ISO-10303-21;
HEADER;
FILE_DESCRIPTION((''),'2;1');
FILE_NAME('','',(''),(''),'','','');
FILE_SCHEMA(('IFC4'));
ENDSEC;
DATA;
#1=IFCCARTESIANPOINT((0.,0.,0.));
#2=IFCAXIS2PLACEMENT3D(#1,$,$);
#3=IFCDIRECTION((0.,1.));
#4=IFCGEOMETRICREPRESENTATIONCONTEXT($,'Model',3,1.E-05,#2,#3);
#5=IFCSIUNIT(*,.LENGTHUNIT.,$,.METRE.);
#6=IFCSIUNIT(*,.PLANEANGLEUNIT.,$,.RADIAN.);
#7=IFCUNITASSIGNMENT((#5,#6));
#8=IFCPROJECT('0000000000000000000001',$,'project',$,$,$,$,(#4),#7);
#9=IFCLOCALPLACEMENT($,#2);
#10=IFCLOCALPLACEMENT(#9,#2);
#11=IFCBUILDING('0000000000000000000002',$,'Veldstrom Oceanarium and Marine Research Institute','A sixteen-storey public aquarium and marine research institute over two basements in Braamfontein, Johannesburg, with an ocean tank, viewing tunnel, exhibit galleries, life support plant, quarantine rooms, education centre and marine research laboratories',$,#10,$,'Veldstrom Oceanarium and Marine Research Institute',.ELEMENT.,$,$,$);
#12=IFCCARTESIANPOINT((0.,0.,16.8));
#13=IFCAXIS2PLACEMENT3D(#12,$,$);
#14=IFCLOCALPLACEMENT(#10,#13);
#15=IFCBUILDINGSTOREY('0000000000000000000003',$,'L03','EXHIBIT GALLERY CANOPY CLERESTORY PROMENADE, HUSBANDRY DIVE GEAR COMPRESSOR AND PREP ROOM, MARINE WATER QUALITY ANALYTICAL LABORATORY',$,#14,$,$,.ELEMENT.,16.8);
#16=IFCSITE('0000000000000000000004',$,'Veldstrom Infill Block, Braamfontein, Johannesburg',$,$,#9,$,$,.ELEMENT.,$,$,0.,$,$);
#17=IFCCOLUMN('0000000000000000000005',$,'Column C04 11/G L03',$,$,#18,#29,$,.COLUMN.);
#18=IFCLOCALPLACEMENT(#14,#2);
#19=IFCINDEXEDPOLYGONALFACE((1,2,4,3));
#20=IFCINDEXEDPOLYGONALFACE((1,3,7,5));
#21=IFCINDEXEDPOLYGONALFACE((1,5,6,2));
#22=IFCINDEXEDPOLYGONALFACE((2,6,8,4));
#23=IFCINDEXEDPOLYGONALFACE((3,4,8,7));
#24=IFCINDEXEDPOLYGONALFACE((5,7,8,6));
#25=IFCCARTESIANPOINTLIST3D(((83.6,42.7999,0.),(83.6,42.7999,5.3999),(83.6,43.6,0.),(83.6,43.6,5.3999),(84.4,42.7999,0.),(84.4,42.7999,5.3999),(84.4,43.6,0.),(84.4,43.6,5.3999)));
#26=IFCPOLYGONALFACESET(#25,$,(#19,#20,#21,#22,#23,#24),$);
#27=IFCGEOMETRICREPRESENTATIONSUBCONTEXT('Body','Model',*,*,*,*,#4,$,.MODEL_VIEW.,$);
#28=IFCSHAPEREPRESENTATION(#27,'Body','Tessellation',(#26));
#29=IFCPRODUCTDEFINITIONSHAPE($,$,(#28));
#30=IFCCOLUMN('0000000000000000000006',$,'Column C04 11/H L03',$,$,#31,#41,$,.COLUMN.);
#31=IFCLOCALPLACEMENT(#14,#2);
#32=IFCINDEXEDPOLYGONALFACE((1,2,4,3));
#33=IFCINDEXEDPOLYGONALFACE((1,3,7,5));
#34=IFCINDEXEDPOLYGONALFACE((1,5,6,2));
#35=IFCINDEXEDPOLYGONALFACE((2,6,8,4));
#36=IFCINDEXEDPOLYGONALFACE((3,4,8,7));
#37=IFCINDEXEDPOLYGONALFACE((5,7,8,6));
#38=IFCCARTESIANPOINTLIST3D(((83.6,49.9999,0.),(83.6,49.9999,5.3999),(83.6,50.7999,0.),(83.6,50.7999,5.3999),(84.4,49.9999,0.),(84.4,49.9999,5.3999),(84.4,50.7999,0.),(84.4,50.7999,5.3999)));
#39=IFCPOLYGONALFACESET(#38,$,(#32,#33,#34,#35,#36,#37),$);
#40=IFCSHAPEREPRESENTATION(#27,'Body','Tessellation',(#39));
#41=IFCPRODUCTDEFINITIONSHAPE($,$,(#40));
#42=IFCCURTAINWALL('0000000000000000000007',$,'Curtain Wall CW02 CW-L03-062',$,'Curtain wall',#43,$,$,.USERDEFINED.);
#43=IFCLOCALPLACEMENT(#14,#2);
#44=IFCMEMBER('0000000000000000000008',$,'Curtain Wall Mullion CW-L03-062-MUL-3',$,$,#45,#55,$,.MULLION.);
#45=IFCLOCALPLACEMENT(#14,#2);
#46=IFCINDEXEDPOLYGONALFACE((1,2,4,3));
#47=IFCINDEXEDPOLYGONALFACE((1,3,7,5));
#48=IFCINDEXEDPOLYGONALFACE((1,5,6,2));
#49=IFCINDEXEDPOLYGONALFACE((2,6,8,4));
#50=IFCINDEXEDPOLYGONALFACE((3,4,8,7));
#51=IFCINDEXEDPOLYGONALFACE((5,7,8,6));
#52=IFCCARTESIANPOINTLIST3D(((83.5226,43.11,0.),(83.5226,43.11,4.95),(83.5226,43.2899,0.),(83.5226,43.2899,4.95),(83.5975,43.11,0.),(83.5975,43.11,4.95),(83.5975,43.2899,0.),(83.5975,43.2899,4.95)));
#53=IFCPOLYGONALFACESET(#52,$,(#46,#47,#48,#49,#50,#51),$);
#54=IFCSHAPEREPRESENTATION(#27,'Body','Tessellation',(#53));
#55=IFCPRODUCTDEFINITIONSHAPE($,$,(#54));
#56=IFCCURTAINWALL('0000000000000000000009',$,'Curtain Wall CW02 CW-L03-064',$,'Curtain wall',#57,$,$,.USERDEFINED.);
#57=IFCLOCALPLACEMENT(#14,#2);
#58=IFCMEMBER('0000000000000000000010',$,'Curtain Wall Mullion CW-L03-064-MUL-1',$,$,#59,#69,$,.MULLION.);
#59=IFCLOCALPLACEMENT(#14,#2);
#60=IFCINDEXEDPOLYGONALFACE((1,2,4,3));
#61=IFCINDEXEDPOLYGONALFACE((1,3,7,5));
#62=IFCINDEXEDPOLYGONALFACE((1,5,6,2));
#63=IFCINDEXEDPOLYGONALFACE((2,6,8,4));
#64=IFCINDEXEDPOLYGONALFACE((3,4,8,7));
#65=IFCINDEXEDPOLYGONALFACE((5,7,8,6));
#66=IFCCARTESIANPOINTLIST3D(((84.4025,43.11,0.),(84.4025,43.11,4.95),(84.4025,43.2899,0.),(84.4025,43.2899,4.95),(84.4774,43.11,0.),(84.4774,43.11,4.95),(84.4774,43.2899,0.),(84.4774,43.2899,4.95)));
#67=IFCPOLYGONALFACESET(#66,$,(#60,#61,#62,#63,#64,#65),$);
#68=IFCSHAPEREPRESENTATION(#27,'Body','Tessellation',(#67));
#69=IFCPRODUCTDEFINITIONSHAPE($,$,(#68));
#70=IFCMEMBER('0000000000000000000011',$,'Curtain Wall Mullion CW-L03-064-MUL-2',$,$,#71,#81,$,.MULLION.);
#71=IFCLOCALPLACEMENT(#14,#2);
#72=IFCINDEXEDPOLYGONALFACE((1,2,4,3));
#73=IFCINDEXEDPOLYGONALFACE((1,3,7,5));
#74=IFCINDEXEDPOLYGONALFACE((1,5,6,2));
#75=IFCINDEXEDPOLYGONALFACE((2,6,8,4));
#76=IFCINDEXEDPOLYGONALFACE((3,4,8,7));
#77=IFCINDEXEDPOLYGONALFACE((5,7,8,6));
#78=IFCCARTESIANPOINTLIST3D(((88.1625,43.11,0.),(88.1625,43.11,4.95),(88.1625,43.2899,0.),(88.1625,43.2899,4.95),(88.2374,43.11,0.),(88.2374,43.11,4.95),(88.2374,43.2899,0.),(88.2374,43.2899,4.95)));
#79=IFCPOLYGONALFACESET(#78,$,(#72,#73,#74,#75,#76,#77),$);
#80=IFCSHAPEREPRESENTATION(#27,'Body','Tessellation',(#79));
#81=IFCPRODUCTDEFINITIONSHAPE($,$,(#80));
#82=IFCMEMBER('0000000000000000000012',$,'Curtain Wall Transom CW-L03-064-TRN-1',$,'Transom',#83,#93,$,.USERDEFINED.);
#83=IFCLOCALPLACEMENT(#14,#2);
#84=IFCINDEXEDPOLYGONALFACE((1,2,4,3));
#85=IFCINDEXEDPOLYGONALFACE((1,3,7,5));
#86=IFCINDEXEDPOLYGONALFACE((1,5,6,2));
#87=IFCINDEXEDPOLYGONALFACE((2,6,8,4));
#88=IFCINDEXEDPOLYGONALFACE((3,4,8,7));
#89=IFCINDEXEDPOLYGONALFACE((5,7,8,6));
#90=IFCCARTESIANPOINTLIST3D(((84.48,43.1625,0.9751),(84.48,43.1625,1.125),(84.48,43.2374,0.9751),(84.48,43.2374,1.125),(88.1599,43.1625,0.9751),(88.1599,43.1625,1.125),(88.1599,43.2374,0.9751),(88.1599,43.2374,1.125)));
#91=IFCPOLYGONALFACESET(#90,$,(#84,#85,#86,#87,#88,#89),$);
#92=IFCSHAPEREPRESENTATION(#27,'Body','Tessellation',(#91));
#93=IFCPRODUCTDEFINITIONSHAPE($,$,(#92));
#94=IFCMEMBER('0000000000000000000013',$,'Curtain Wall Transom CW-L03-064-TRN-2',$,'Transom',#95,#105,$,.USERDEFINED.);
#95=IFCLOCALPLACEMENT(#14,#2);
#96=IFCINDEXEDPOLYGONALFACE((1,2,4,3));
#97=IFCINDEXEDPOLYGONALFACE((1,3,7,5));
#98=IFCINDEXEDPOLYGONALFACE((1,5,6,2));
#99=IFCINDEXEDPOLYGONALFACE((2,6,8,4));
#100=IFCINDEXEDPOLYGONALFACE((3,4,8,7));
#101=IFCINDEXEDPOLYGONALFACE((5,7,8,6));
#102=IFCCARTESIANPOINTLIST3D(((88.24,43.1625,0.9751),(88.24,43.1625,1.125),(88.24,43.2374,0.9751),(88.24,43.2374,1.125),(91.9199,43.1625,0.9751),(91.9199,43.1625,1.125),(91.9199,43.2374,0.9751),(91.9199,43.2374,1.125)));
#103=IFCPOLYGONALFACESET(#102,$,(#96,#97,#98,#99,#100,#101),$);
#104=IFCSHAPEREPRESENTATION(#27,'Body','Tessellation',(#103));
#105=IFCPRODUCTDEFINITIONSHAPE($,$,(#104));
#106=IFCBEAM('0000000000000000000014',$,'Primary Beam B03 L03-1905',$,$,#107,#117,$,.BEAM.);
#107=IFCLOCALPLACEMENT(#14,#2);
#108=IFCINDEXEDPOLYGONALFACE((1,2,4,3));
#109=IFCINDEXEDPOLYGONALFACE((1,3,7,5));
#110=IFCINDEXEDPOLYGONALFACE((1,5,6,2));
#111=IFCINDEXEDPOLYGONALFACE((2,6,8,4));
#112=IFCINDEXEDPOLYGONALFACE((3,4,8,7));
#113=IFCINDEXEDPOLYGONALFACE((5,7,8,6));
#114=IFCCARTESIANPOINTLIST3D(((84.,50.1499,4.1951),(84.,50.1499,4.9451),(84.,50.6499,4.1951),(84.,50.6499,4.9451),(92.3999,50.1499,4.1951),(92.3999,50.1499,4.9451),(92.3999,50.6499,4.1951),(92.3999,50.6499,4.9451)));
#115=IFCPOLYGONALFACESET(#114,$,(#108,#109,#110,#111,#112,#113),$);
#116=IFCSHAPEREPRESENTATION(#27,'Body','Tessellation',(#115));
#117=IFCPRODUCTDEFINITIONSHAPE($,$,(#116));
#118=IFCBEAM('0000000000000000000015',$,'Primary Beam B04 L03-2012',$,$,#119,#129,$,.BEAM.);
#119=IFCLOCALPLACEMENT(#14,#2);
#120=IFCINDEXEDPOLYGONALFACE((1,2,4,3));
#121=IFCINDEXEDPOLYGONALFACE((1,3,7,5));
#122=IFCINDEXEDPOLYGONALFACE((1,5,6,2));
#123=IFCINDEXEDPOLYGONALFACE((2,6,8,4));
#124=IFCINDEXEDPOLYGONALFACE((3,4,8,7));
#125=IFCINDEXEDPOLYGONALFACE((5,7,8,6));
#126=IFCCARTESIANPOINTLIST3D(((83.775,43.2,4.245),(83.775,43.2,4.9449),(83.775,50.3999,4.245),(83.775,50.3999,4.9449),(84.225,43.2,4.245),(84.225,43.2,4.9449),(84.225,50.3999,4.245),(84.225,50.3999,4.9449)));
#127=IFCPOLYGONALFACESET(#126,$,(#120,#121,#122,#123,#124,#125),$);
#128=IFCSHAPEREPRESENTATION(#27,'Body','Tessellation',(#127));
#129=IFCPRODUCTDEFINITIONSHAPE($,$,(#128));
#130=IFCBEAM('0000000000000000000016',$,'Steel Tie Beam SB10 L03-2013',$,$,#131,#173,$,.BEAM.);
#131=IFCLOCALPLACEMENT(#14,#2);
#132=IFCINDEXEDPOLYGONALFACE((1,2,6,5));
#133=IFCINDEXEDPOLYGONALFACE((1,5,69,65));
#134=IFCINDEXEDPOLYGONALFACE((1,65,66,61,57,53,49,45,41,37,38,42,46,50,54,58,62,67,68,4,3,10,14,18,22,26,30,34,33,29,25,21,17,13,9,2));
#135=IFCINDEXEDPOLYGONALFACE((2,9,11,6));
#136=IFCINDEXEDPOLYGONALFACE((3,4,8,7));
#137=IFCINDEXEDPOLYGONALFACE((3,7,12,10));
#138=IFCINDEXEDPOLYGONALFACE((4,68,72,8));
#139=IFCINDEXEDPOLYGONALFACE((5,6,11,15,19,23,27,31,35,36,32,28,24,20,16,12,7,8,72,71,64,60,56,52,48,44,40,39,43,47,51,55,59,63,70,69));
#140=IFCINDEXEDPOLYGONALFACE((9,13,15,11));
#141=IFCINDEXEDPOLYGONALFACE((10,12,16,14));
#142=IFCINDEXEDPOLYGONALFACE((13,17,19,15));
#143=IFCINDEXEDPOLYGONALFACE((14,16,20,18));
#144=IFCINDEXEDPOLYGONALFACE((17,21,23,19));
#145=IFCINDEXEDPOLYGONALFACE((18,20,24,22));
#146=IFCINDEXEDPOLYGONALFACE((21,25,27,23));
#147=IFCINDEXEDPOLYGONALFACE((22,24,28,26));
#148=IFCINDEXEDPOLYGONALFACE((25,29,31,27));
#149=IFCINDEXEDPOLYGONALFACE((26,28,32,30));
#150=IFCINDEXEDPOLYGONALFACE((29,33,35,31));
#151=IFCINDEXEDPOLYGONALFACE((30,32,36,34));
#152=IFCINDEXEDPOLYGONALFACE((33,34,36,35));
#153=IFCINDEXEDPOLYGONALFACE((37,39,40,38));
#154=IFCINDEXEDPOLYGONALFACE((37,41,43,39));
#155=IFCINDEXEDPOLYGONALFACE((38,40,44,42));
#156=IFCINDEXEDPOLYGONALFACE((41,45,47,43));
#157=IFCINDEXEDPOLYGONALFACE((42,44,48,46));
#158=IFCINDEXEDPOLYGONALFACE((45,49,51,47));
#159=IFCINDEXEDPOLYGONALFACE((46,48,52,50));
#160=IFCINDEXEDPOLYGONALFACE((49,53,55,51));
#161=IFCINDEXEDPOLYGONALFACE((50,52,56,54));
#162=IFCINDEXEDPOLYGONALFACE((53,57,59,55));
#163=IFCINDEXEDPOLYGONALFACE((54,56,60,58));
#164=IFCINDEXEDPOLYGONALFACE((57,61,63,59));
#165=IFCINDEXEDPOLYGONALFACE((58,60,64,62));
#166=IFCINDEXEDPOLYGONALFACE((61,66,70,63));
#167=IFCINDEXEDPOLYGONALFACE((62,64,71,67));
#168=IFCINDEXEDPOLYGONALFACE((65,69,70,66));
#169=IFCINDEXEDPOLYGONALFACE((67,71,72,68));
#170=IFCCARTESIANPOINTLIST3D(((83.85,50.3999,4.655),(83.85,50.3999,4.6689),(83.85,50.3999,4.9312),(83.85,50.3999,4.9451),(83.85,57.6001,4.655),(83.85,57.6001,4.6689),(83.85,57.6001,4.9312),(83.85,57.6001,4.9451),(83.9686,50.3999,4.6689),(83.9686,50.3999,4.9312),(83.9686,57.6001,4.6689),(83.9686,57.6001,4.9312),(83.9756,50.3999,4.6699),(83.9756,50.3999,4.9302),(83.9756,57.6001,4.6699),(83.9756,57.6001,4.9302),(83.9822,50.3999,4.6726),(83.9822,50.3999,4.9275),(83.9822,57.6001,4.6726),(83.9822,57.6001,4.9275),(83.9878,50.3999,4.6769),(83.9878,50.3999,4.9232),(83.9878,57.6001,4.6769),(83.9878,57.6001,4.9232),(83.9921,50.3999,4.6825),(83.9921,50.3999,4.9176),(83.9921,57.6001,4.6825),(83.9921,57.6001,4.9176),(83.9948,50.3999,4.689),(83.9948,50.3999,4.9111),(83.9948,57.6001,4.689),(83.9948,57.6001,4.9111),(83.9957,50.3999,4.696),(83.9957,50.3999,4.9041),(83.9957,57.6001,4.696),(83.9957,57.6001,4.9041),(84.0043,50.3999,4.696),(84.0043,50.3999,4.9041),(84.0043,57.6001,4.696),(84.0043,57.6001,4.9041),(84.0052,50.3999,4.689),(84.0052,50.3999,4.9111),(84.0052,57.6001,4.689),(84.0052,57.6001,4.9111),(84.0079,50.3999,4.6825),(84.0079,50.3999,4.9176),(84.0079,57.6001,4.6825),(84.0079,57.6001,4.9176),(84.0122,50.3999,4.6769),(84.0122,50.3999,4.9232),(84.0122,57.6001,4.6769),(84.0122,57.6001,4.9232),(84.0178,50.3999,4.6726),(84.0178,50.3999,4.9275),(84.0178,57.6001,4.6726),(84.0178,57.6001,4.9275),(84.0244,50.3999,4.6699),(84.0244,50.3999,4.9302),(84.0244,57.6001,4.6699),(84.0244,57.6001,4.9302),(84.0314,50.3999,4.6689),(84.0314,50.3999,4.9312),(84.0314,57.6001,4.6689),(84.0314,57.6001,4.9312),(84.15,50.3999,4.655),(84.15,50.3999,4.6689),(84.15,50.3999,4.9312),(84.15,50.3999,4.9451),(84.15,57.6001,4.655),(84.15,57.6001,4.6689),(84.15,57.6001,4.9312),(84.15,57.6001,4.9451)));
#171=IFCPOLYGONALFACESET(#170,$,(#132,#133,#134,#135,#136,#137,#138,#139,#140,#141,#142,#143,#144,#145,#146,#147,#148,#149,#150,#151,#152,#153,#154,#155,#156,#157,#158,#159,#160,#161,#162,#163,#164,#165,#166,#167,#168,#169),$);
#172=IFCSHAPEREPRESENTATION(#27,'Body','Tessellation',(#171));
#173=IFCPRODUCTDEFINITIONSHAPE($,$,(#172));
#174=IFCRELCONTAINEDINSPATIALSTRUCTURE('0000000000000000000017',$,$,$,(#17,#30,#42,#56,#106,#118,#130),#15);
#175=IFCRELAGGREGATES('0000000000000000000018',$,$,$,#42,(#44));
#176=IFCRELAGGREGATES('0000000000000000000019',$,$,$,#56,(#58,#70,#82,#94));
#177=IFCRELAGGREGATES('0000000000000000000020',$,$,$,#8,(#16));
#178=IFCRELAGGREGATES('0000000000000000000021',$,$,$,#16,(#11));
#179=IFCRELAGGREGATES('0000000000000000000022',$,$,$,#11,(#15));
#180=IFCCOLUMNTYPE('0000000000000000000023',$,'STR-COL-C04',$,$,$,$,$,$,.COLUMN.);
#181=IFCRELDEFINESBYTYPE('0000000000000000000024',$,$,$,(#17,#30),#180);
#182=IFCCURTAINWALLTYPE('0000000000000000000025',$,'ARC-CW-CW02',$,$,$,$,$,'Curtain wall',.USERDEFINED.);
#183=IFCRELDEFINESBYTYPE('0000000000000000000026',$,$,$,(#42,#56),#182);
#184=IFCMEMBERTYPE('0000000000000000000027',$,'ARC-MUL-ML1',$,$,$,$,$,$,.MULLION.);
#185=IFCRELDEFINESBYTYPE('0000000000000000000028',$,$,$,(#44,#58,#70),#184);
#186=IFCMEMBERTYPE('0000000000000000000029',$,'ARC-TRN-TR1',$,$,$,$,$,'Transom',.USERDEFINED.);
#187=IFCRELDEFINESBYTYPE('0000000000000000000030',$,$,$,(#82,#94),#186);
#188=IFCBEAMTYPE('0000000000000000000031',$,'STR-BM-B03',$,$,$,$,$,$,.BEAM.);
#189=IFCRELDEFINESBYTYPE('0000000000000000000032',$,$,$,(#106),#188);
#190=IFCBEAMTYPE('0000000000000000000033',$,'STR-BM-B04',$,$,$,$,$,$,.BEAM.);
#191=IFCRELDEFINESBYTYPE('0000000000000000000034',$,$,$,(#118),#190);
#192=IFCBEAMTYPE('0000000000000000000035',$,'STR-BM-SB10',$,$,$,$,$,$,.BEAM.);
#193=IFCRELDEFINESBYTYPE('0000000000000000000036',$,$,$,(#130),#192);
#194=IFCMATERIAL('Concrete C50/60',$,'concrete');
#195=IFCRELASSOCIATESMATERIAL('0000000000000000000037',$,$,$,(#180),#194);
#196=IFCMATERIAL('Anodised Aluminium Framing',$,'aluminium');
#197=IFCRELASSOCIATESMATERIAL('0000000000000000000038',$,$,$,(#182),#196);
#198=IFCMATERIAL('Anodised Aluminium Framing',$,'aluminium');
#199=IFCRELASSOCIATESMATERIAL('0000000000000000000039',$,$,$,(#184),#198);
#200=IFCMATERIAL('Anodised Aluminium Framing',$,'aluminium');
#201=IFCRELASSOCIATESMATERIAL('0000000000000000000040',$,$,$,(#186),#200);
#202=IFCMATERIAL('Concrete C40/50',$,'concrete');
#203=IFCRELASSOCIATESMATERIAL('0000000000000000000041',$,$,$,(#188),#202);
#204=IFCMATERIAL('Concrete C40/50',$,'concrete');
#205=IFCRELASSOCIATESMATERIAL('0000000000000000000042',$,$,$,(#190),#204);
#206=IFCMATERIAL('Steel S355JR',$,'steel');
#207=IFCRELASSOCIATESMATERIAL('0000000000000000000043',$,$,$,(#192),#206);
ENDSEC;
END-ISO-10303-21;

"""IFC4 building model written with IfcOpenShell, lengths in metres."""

from ifc_helpers import new_model, si_unit, direction, frame, origin, origin_2d, place, context, subcontext, project, spatial, rectangle, i_section, extrude, material, material_profile, profile_set, type_object, element, aggregate, save


model = new_model("IFC4")

# Units and contexts
model_context = context("Model", 3, precision=1e-05, world=origin(), true_north=direction((0.0, 1.0)))
body_context = subcontext(model_context, "Body", "Model", "MODEL_VIEW")
ifc_project = project(units=[si_unit("LENGTHUNIT", "METRE"), si_unit("PLANEANGLEUNIT", "RADIAN")], contexts=[model_context])

# Site, building, storey
site_placement = place(None, origin())
site = spatial("IfcSite", under=ifc_project, at=site_placement, Name="Veldstrom Infill Block, Braamfontein, Johannesburg", CompositionType="ELEMENT", RefElevation=0.0)
building_placement = place(site_placement, origin())
building = spatial("IfcBuilding", under=site, at=building_placement, Name="Veldstrom Oceanarium and Marine Research Institute", Description="A sixteen-storey public aquarium and marine research institute over two basements in Braamfontein, Johannesburg, with an ocean tank, viewing tunnel, exhibit galleries, life support plant, quarantine rooms, education centre and marine research laboratories", LongName="Veldstrom Oceanarium and Marine Research Institute", CompositionType="ELEMENT")
storey_placement = place(building_placement, frame((0.0, 0.0, 16.8)))
storey = spatial("IfcBuildingStorey", under=building, at=storey_placement, Name="L03", Description="EXHIBIT GALLERY CANOPY CLERESTORY PROMENADE, HUSBANDRY DIVE GEAR COMPRESSOR AND PREP ROOM, MARINE WATER QUALITY ANALYTICAL LABORATORY", CompositionType="ELEMENT", Elevation=16.8)

# Columns
ifc_material_1 = material(Name="Concrete C50/60", Category="concrete")
ifc_material_profile_1 = material_profile(ifc_material_1, rectangle(XDim=0.8, YDim=0.8, at=origin_2d()), Name="RC-COL-800x800")
ifc_profile_set_1 = profile_set([ifc_material_profile_1], Name="Concrete C50/60")
column_type = type_object("IfcColumnType", Name="STR-COL-C04", PredefinedType="COLUMN", material=ifc_profile_set_1)
for number, where, z_axis, x_axis, name in (
    (1, (84.0, 43.2, 0.0), (0.0, 0.0, 1.0), (1.0, 0.0, 0.0), "Column C04 11/G L03"),
    (2, (84.0, 50.3999, 0.0), (0.0, 0.0, 1.0), (1.0, 0.0, 0.0), "Column C04 11/H L03"),
):
    element("IfcColumn", number, at=place(storey_placement, frame(where, z_axis=z_axis, x_axis=x_axis)), inside=storey, type_object=column_type, Name=name, PredefinedType="COLUMN", context=body_context, shape_type="SweptSolid", body=[
        extrude(rectangle(XDim=0.8, YDim=0.8, at=origin_2d()), origin(), (0.0, 0.0, 1.0), 5.3999),
    ])

# Curtain wall, member
ifc_material_2 = material(Name="Anodised Aluminium Framing", Category="aluminium")
curtain_wall_type = type_object("IfcCurtainWallType", Name="ARC-CW-CW02", ElementType="Curtain wall", PredefinedType="USERDEFINED", material=ifc_material_2)
curtain_wall_1_placement = place(storey_placement, origin())
curtain_wall_1 = element("IfcCurtainWall", 3, at=curtain_wall_1_placement, inside=storey, type_object=curtain_wall_type, Name="Curtain Wall CW02 CW-L03-062", ObjectType="Curtain wall", PredefinedType="USERDEFINED")
ifc_material_3 = material(Name="Anodised Aluminium Framing", Category="aluminium")
ifc_material_profile_2 = material_profile(ifc_material_3, rectangle(XDim=0.075, YDim=0.1799, at=origin_2d()), Name="ALU-MUL-75x180")
ifc_profile_set_2 = profile_set([ifc_material_profile_2], Name="Anodised Aluminium Framing")
member_type_1 = type_object("IfcMemberType", Name="ARC-MUL-ML1", PredefinedType="MULLION", material=ifc_profile_set_2)
member_1_placement = place(storey_placement, frame((83.5601, 43.2, 0.0), z_axis=(0.0, 0.0, 1.0), x_axis=(1.0, 0.0, 0.0)))
member_1 = element("IfcMember", 4, at=member_1_placement, type_object=member_type_1, Name="Curtain Wall Mullion CW-L03-062-MUL-3", PredefinedType="MULLION", context=body_context, shape_type="SweptSolid", body=[
    extrude(rectangle(XDim=0.075, YDim=0.1799, at=origin_2d()), origin(), (0.0, 0.0, 1.0), 4.95),
])

# Curtain wall, members
curtain_wall_2_placement = place(storey_placement, origin())
curtain_wall_2 = element("IfcCurtainWall", 5, at=curtain_wall_2_placement, inside=storey, type_object=curtain_wall_type, Name="Curtain Wall CW02 CW-L03-064", ObjectType="Curtain wall", PredefinedType="USERDEFINED")
member_2_placement = place(storey_placement, frame((84.4399, 43.2, 0.0), z_axis=(0.0, 0.0, 1.0), x_axis=(1.0, 0.0, 0.0)))
member_2 = element("IfcMember", 6, at=member_2_placement, type_object=member_type_1, Name="Curtain Wall Mullion CW-L03-064-MUL-1", PredefinedType="MULLION", context=body_context, shape_type="SweptSolid", body=[
    extrude(rectangle(XDim=0.075, YDim=0.1799, at=origin_2d()), origin(), (0.0, 0.0, 1.0), 4.95),
])
member_3_placement = place(storey_placement, frame((88.2, 43.2, 0.0), z_axis=(0.0, 0.0, 1.0), x_axis=(1.0, 0.0, 0.0)))
member_3 = element("IfcMember", 7, at=member_3_placement, type_object=member_type_1, Name="Curtain Wall Mullion CW-L03-064-MUL-2", PredefinedType="MULLION", context=body_context, shape_type="SweptSolid", body=[
    extrude(rectangle(XDim=0.075, YDim=0.1799, at=origin_2d()), origin(), (0.0, 0.0, 1.0), 4.95),
])
ifc_material_4 = material(Name="Anodised Aluminium Framing", Category="aluminium")
ifc_material_profile_3 = material_profile(ifc_material_4, rectangle(XDim=0.075, YDim=0.1499, at=origin_2d()), Name="ALU-TRN-75x150")
ifc_profile_set_3 = profile_set([ifc_material_profile_3], Name="Anodised Aluminium Framing")
member_type_2 = type_object("IfcMemberType", Name="ARC-TRN-TR1", ElementType="Transom", PredefinedType="USERDEFINED", material=ifc_profile_set_3)
member_4_placement = place(storey_placement, frame((84.48, 43.2, 1.05), z_axis=(1.0, 0.0, 0.0), x_axis=(0.0, 1.0, 0.0)))
member_4 = element("IfcMember", 8, at=member_4_placement, type_object=member_type_2, Name="Curtain Wall Transom CW-L03-064-TRN-1", ObjectType="Transom", PredefinedType="USERDEFINED", context=body_context, shape_type="SweptSolid", body=[
    extrude(rectangle(XDim=0.075, YDim=0.1499, at=origin_2d()), origin(), (0.0, 0.0, 1.0), 3.6799),
])
member_5_placement = place(storey_placement, frame((88.24, 43.2, 1.05), z_axis=(1.0, 0.0, 0.0), x_axis=(0.0, 1.0, 0.0)))
member_5 = element("IfcMember", 9, at=member_5_placement, type_object=member_type_2, Name="Curtain Wall Transom CW-L03-064-TRN-2", ObjectType="Transom", PredefinedType="USERDEFINED", context=body_context, shape_type="SweptSolid", body=[
    extrude(rectangle(XDim=0.075, YDim=0.1499, at=origin_2d()), origin(), (0.0, 0.0, 1.0), 3.6799),
])

# Beams
ifc_material_5 = material(Name="Concrete C40/50", Category="concrete")
ifc_material_profile_4 = material_profile(ifc_material_5, rectangle(XDim=0.5, YDim=0.75, at=origin_2d()), Name="RC-BM-500x750")
ifc_profile_set_4 = profile_set([ifc_material_profile_4], Name="Concrete C40/50")
beam_type_1 = type_object("IfcBeamType", Name="STR-BM-B03", PredefinedType="BEAM", material=ifc_profile_set_4)
beam_1_placement = place(storey_placement, frame((84.0, 50.3999, 4.5701), z_axis=(1.0, 0.0, 0.0), x_axis=(0.0, 1.0, 0.0)))
element("IfcBeam", 10, at=beam_1_placement, inside=storey, type_object=beam_type_1, Name="Primary Beam B03 L03-1905", PredefinedType="BEAM", context=body_context, shape_type="SweptSolid", body=[
    extrude(rectangle(XDim=0.5, YDim=0.75, at=origin_2d()), origin(), (0.0, 0.0, 1.0), 8.3999),
])
ifc_material_6 = material(Name="Concrete C40/50", Category="concrete")
ifc_material_profile_5 = material_profile(ifc_material_6, rectangle(XDim=0.45, YDim=0.7, at=origin_2d()), Name="RC-BM-450x700")
ifc_profile_set_5 = profile_set([ifc_material_profile_5], Name="Concrete C40/50")
beam_type_2 = type_object("IfcBeamType", Name="STR-BM-B04", PredefinedType="BEAM", material=ifc_profile_set_5)
beam_2_placement = place(storey_placement, frame((84.0, 43.2, 4.595), z_axis=(0.0, 1.0, 0.0), x_axis=(-1.0, 0.0, 0.0)))
element("IfcBeam", 11, at=beam_2_placement, inside=storey, type_object=beam_type_2, Name="Primary Beam B04 L03-2012", PredefinedType="BEAM", context=body_context, shape_type="SweptSolid", body=[
    extrude(rectangle(XDim=0.45, YDim=0.7, at=origin_2d()), origin(), (0.0, 0.0, 1.0), 7.2),
])
ifc_material_7 = material(Name="Steel S355JR", Category="steel")
ifc_material_profile_6 = material_profile(ifc_material_7, i_section(OverallWidth=0.3, OverallDepth=0.29, WebThickness=0.0085, FlangeThickness=0.0139, FilletRadius=0.0271, at=origin_2d()), Name="HEA 300")
ifc_profile_set_6 = profile_set([ifc_material_profile_6], Name="Steel S355JR")
beam_type_3 = type_object("IfcBeamType", Name="STR-BM-SB10", PredefinedType="BEAM", material=ifc_profile_set_6)
beam_3_placement = place(storey_placement, frame((84.0, 50.3999, 4.8), z_axis=(0.0, 1.0, 0.0), x_axis=(-1.0, 0.0, 0.0)))
element("IfcBeam", 12, at=beam_3_placement, inside=storey, type_object=beam_type_3, Name="Steel Tie Beam SB10 L03-2013", PredefinedType="BEAM", context=body_context, shape_type="SweptSolid", body=[
    extrude(i_section(OverallWidth=0.3, OverallDepth=0.29, WebThickness=0.0085, FlangeThickness=0.0139, FilletRadius=0.0271, at=origin_2d()), origin(), (0.0, 0.0, 1.0), 7.2002),
])

aggregate(curtain_wall_1, [member_1])
aggregate(curtain_wall_2, [member_2, member_3, member_4, member_5])

save(model, "model.ifc")
